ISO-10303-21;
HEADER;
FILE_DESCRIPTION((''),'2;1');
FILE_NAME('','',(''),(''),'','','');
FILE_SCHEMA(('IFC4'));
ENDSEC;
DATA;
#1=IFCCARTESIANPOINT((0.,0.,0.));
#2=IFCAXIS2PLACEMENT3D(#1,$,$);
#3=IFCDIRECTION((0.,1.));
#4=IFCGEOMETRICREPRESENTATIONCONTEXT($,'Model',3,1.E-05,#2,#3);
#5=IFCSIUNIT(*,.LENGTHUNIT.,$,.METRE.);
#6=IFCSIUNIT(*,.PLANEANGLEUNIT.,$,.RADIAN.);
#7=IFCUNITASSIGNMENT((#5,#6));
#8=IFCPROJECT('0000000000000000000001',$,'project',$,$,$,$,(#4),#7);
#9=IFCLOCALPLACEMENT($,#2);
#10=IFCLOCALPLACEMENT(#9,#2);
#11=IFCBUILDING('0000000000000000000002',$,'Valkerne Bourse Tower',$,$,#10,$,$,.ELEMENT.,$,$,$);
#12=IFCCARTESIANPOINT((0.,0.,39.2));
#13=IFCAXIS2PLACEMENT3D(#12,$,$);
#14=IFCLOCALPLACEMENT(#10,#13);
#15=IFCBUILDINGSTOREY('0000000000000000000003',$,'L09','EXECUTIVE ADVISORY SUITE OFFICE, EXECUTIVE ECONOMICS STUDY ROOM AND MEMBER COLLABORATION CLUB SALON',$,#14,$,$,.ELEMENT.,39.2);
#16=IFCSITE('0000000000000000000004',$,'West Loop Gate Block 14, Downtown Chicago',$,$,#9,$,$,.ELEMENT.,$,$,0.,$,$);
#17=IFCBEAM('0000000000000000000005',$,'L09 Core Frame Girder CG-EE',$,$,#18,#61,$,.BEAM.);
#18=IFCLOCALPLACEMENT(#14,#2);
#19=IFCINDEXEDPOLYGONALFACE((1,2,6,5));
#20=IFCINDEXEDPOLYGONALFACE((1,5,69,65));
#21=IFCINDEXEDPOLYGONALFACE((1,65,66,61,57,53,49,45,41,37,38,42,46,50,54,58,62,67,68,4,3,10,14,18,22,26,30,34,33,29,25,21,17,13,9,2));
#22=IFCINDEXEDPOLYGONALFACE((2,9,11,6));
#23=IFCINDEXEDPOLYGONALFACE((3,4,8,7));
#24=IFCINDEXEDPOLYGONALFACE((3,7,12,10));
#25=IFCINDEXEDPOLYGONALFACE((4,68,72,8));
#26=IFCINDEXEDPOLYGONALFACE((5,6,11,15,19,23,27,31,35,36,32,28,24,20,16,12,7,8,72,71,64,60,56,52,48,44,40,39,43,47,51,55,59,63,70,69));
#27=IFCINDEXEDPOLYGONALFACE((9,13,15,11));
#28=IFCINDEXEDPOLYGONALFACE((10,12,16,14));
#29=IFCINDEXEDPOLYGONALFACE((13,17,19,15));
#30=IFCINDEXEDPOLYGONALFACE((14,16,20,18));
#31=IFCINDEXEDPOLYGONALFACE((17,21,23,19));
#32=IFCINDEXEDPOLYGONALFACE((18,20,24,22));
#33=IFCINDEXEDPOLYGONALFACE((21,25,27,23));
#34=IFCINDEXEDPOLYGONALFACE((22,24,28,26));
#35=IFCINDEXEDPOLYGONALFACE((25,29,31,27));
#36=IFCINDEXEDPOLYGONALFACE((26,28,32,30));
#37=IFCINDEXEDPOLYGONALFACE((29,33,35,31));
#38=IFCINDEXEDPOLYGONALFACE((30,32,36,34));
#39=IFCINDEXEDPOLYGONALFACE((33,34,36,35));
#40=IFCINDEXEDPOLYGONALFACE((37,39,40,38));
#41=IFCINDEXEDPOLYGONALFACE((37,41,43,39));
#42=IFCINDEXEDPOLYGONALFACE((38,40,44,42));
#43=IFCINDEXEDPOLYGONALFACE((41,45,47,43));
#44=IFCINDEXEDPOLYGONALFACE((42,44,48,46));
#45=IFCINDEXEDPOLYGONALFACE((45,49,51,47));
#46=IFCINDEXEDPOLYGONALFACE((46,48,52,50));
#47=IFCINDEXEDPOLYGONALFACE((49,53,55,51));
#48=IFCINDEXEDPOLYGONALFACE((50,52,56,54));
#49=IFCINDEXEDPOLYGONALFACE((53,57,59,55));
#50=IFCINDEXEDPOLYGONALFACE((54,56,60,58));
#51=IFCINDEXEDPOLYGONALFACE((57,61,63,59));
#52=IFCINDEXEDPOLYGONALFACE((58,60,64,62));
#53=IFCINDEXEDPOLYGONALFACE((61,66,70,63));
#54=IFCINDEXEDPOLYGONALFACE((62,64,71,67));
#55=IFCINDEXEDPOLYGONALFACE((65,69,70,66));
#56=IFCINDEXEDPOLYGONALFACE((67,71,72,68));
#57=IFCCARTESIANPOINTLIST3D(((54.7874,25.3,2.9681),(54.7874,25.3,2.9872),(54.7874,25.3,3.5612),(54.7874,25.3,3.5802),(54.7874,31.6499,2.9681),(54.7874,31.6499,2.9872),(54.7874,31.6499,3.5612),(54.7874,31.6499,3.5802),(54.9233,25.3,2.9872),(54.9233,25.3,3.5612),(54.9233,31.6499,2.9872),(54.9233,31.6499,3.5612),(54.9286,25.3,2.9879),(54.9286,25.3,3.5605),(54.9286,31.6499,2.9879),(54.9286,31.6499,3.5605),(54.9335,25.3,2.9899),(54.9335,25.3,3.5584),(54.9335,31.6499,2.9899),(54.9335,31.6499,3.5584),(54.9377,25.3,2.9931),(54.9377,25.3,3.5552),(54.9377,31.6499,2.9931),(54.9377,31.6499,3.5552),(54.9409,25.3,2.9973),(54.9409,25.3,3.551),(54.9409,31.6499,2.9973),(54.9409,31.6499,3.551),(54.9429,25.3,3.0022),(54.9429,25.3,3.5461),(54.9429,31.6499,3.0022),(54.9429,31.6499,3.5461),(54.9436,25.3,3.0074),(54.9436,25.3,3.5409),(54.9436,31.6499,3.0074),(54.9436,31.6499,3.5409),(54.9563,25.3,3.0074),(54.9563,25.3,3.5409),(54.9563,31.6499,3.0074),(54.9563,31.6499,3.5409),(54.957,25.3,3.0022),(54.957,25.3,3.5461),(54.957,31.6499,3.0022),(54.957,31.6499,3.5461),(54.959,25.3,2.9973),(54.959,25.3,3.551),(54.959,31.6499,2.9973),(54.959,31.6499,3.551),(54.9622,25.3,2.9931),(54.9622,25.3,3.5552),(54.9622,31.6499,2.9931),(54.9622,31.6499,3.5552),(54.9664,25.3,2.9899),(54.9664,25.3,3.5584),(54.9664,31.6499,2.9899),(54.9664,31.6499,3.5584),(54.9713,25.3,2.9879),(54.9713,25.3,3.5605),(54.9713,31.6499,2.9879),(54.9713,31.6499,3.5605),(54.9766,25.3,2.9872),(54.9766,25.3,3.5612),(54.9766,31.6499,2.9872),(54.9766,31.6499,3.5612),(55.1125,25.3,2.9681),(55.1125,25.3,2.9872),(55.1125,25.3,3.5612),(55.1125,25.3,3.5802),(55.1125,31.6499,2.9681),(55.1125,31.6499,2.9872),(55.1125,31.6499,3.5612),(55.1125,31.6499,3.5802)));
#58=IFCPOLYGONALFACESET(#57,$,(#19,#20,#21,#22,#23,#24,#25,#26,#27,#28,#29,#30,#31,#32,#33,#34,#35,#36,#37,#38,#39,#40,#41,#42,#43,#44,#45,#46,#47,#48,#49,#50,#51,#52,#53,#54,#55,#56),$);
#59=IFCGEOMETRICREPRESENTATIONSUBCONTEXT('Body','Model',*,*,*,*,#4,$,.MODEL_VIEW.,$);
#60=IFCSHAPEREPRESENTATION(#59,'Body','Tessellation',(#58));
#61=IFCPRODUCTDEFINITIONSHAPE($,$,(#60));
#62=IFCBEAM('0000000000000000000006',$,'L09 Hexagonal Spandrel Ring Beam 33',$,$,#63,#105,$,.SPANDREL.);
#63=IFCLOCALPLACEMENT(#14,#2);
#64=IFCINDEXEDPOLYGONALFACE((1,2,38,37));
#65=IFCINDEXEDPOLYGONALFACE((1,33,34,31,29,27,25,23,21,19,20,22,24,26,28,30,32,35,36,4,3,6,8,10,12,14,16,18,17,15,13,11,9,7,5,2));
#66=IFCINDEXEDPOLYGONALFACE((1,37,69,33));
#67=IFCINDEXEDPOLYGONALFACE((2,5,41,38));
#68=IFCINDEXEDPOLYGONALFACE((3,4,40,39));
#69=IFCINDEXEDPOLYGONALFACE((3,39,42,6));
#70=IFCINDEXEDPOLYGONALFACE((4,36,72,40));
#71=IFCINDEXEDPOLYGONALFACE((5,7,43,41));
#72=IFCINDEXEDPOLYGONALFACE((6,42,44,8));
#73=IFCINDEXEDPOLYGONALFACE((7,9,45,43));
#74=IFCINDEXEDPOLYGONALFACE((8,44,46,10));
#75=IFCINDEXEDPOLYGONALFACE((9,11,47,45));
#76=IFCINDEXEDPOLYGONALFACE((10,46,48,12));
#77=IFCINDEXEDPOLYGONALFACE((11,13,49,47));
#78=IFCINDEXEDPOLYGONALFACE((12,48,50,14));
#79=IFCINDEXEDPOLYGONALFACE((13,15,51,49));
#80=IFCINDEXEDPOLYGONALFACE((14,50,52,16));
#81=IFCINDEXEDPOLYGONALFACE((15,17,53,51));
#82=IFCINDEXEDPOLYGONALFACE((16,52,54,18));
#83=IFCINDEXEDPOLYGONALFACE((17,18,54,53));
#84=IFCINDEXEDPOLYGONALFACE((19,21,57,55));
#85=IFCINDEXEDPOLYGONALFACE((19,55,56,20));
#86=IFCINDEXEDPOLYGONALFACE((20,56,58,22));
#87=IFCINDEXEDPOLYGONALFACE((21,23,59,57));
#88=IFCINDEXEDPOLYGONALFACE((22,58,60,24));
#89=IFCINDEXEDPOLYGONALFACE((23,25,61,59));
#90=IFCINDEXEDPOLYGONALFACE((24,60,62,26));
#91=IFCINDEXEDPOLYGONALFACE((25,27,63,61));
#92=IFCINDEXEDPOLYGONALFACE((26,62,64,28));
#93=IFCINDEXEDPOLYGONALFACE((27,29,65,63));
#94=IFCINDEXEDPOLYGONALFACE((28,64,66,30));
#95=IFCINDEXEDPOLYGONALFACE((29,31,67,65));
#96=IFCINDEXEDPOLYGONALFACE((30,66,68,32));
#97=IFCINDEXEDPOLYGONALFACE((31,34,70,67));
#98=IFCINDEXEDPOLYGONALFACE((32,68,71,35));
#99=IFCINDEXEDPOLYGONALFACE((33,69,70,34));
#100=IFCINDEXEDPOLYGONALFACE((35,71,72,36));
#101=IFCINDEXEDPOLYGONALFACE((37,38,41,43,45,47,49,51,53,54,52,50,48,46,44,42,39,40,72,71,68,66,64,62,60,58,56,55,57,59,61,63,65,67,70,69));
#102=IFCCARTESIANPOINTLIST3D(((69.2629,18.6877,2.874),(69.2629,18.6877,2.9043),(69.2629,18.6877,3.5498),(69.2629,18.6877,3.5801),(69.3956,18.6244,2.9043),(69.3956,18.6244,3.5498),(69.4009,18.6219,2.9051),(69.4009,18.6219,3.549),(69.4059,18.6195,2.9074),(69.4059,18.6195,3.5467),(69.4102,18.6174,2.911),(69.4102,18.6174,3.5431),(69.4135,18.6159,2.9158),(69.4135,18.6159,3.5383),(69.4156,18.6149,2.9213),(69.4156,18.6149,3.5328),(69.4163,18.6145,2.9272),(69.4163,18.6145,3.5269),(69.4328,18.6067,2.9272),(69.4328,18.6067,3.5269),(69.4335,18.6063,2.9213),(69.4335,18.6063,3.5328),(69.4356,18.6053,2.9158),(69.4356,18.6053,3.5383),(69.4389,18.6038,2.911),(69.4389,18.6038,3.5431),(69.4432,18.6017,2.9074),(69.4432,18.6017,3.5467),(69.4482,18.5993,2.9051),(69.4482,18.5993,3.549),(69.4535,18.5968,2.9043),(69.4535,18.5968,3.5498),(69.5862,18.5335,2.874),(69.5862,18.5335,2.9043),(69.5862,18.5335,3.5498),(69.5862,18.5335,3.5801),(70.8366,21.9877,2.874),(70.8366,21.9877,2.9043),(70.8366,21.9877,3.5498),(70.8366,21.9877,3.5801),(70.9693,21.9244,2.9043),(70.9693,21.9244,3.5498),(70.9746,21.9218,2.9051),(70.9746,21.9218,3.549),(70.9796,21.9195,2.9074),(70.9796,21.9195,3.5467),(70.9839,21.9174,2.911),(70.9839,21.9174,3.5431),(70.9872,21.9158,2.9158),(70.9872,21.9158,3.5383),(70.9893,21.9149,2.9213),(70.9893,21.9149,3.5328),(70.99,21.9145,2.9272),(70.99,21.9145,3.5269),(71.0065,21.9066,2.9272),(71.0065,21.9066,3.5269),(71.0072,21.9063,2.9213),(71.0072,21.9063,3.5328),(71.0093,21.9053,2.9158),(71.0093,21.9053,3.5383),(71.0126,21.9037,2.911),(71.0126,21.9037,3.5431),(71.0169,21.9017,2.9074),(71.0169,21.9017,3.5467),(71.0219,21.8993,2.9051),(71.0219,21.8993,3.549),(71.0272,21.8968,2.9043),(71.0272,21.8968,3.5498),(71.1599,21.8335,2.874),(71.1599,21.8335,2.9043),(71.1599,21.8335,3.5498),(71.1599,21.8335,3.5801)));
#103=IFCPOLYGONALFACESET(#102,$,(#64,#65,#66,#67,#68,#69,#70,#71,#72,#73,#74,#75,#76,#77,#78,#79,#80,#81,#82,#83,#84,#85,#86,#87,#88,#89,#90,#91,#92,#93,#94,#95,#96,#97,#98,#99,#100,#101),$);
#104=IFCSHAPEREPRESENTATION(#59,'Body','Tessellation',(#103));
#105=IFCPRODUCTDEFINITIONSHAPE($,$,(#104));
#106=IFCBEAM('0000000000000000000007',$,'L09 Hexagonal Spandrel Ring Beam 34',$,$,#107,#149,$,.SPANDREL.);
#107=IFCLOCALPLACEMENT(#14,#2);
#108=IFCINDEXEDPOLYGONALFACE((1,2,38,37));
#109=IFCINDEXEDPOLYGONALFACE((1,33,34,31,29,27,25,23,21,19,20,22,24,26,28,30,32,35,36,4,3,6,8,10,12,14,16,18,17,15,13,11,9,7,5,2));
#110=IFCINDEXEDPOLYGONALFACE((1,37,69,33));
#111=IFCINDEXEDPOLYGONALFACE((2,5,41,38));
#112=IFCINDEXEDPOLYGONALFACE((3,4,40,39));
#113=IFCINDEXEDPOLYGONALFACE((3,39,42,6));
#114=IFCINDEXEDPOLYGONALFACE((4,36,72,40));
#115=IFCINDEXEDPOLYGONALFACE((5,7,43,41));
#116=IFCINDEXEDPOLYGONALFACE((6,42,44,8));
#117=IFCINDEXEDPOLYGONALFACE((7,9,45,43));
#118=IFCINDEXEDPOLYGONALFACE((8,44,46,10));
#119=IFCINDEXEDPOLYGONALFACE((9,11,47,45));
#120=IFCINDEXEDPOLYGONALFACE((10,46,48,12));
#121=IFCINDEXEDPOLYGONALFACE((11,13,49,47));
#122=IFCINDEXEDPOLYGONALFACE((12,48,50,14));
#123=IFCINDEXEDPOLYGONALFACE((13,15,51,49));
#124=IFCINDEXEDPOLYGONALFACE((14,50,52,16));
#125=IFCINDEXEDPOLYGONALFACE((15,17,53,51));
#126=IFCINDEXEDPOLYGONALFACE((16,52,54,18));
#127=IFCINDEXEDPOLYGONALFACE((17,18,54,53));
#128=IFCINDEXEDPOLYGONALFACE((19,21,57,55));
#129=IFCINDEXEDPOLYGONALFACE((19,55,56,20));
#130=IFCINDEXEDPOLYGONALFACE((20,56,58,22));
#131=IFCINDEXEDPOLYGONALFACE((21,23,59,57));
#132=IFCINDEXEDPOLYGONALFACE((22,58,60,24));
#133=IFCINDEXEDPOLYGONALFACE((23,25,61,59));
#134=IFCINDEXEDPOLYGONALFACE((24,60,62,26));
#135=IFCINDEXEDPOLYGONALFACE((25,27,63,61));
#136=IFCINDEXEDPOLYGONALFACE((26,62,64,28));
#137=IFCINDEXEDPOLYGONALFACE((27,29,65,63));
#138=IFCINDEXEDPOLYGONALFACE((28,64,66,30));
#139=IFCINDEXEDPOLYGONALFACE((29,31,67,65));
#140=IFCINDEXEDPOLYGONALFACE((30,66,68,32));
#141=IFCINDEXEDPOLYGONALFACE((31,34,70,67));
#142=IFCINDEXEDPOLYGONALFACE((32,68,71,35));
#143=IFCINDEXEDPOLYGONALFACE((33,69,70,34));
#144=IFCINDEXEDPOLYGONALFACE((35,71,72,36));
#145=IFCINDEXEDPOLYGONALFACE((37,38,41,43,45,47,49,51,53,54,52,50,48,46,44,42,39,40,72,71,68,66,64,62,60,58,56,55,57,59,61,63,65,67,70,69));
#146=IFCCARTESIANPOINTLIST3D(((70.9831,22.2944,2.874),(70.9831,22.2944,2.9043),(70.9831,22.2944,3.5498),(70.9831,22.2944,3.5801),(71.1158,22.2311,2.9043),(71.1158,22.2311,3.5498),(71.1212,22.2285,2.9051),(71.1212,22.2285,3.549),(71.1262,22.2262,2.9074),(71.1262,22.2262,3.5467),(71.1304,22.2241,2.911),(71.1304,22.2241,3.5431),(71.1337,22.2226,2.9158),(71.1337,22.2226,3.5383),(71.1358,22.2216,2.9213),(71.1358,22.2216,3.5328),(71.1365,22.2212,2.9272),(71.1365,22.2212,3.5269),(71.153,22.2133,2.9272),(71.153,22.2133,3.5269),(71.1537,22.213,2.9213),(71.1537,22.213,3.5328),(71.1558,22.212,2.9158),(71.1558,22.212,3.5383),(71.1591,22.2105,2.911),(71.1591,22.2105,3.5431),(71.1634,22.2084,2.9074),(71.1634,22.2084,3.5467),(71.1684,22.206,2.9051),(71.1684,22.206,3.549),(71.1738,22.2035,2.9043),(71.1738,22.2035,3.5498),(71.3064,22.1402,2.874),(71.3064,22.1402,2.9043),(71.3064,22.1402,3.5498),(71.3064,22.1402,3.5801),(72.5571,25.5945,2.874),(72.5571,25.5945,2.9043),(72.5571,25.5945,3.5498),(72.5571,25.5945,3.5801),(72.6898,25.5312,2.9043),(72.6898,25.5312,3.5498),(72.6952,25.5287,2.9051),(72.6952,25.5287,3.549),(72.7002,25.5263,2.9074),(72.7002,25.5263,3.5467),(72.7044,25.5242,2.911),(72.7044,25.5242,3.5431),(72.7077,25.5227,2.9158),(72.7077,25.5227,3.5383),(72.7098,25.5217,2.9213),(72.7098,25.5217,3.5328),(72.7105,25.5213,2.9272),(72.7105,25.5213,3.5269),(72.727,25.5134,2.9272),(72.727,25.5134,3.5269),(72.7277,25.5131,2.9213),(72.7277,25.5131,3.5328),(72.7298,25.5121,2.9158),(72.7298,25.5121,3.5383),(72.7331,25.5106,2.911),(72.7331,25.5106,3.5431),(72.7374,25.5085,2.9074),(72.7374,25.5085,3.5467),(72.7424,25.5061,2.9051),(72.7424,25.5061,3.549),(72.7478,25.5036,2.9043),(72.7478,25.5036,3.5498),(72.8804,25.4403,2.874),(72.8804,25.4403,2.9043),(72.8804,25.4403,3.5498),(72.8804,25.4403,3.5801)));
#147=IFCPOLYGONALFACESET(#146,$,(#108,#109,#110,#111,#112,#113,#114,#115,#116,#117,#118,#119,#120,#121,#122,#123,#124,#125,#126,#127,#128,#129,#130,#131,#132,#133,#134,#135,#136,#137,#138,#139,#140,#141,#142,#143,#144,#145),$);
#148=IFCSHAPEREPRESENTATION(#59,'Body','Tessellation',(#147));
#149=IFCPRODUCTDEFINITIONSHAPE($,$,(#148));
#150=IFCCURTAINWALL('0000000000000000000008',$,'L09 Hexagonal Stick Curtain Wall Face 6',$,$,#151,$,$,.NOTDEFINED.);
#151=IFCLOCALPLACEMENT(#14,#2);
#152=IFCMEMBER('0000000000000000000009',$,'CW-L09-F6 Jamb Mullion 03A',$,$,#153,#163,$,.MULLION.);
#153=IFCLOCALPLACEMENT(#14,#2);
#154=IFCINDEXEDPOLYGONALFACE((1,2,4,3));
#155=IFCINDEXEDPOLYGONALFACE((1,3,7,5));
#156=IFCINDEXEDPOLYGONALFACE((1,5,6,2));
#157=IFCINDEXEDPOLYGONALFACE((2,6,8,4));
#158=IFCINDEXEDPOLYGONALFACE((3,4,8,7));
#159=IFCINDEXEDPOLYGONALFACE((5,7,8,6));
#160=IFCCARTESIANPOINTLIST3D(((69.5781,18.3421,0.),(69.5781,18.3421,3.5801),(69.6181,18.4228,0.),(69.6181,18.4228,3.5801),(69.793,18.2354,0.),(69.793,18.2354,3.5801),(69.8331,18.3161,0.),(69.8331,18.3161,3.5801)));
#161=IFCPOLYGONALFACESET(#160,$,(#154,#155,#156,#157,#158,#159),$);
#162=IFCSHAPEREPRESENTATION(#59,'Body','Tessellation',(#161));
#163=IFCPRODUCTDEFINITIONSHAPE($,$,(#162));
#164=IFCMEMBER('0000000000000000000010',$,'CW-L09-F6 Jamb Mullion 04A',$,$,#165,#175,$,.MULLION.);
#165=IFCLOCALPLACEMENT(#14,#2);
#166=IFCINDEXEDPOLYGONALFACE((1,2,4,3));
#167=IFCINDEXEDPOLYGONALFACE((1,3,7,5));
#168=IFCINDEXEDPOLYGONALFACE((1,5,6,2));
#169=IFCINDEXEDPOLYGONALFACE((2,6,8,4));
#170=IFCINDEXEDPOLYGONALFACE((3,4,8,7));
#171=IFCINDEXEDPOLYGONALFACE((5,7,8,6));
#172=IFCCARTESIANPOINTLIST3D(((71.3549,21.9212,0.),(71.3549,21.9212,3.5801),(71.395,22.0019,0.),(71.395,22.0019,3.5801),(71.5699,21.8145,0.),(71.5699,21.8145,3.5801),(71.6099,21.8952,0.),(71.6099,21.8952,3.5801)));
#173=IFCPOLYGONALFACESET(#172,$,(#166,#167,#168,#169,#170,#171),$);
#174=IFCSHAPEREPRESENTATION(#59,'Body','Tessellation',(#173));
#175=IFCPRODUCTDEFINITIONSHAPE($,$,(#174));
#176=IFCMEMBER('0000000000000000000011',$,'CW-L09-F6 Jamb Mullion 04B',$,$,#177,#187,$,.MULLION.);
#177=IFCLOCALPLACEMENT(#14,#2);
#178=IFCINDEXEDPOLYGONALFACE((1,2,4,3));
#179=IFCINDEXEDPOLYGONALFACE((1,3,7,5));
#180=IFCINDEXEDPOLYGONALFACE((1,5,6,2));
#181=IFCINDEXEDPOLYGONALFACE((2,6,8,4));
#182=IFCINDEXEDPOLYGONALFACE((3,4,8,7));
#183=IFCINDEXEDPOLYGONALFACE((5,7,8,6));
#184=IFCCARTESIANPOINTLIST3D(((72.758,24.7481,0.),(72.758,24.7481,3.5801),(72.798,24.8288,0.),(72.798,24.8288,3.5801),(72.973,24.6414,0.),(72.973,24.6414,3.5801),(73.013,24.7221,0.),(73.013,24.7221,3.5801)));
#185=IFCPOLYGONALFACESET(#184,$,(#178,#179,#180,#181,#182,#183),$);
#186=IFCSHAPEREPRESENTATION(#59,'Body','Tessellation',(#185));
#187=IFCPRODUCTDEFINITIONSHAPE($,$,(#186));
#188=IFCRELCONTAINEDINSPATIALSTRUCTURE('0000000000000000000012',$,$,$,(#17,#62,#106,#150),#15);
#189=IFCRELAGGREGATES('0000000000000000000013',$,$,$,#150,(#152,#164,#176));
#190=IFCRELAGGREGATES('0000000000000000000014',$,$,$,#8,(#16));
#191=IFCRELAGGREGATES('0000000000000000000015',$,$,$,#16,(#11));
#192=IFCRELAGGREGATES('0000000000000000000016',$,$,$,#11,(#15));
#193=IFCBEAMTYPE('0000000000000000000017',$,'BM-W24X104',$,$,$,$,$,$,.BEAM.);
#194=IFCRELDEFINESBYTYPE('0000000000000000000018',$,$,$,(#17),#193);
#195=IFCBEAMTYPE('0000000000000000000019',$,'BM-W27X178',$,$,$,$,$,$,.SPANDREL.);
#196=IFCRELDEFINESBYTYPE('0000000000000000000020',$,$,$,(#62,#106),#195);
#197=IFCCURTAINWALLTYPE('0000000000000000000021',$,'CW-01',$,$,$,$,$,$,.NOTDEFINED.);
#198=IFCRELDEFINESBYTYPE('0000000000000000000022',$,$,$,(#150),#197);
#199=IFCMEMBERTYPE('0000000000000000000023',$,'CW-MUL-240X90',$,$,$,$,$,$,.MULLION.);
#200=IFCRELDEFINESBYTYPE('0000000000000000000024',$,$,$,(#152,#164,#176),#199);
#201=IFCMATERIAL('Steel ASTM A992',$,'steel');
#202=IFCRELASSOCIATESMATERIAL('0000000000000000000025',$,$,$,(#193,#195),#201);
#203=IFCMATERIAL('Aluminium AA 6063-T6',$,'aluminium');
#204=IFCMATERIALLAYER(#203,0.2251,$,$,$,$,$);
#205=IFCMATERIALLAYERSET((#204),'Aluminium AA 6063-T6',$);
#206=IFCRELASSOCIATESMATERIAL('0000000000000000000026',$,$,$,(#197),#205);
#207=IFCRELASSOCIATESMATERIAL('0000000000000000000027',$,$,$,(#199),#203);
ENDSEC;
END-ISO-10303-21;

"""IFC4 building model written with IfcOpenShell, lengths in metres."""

from ifc_helpers import new_model, si_unit, direction, frame, origin, origin_2d, place, context, subcontext, project, spatial, rectangle, i_section, extrude, material, layer, layer_set, material_profile, profile_set, type_object, element, aggregate, save


model = new_model("IFC4")

# Units and contexts
model_context = context("Model", 3, precision=1e-05, world=origin(), true_north=direction((0.0, 1.0)))
body_context = subcontext(model_context, "Body", "Model", "MODEL_VIEW")
ifc_project = project(units=[si_unit("LENGTHUNIT", "METRE"), si_unit("PLANEANGLEUNIT", "RADIAN")], contexts=[model_context])

# Site, building, storey
site_placement = place(None, origin())
site = spatial("IfcSite", under=ifc_project, at=site_placement, Name="West Loop Gate Block 14, Downtown Chicago", CompositionType="ELEMENT", RefElevation=0.0)
building_placement = place(site_placement, origin())
building = spatial("IfcBuilding", under=site, at=building_placement, Name="Valkerne Bourse Tower", CompositionType="ELEMENT")
storey_placement = place(building_placement, frame((0.0, 0.0, 39.2)))
storey = spatial("IfcBuildingStorey", under=building, at=storey_placement, Name="L09", Description="EXECUTIVE ADVISORY SUITE OFFICE, EXECUTIVE ECONOMICS STUDY ROOM AND MEMBER COLLABORATION CLUB SALON", CompositionType="ELEMENT", Elevation=39.2)

# Beams
ifc_material_1 = material(Name="Steel ASTM A992", Category="steel")
ifc_material_profile_1 = material_profile(ifc_material_1, i_section(OverallWidth=0.3252, OverallDepth=0.6121, WebThickness=0.0127, FlangeThickness=0.019, FilletRadius=0.0203, at=origin_2d()), Name="W24X104")
ifc_profile_set_1 = profile_set([ifc_material_profile_1], Name="Steel ASTM A992")
beam_type_1 = type_object("IfcBeamType", Name="BM-W24X104", PredefinedType="BEAM", material=ifc_profile_set_1)
beam_1_placement = place(storey_placement, frame((54.95, 25.3, 3.2742), z_axis=(0.0, 1.0, 0.0), x_axis=(-1.0, 0.0, 0.0)))
element("IfcBeam", 1, at=beam_1_placement, inside=storey, type_object=beam_type_1, Name="L09 Core Frame Girder CG-EE", PredefinedType="BEAM", context=body_context, shape_type="SweptSolid", body=[
    extrude(i_section(OverallWidth=0.3252, OverallDepth=0.6121, WebThickness=0.0127, FlangeThickness=0.019, FilletRadius=0.0203, at=origin_2d()), origin(), (0.0, 0.0, 1.0), 6.3499),
])
ifc_material_profile_2 = material_profile(ifc_material_1, i_section(OverallWidth=0.3582, OverallDepth=0.7061, WebThickness=0.0183, FlangeThickness=0.0303, FilletRadius=0.0229, at=origin_2d()), Name="W27X178")
ifc_profile_set_2 = profile_set([ifc_material_profile_2], Name="Steel ASTM A992")
beam_type_2 = type_object("IfcBeamType", Name="BM-W27X178", PredefinedType="SPANDREL", material=ifc_profile_set_2)
beam_2_placement = place(storey_placement, frame((69.4246, 18.6106, 3.2271), z_axis=(0.430442, 0.902618, 0.0), x_axis=(-0.902618, 0.430442, 0.0)))
element("IfcBeam", 2, at=beam_2_placement, inside=storey, type_object=beam_type_2, Name="L09 Hexagonal Spandrel Ring Beam 33", PredefinedType="SPANDREL", context=body_context, shape_type="SweptSolid", body=[
    extrude(i_section(OverallWidth=0.3582, OverallDepth=0.7061, WebThickness=0.0183, FlangeThickness=0.0303, FilletRadius=0.0229, at=origin_2d()), origin(), (0.0, 0.0, 1.0), 3.656),
])
beam_3_placement = place(storey_placement, frame((71.1448, 22.2173, 3.2271), z_axis=(0.430496, 0.902593, 0.0), x_axis=(-0.902593, 0.430496, 0.0)))
element("IfcBeam", 3, at=beam_3_placement, inside=storey, type_object=beam_type_2, Name="L09 Hexagonal Spandrel Ring Beam 34", PredefinedType="SPANDREL", context=body_context, shape_type="SweptSolid", body=[
    extrude(i_section(OverallWidth=0.3582, OverallDepth=0.7061, WebThickness=0.0183, FlangeThickness=0.0303, FilletRadius=0.0229, at=origin_2d()), origin(), (0.0, 0.0, 1.0), 3.6562),
])

# Curtain wall, members
ifc_material_2 = material(Name="Aluminium AA 6063-T6", Category="aluminium")
ifc_layer_1 = layer(ifc_material_2, 0.2251)
ifc_layer_set_1 = layer_set([ifc_layer_1], Name="Aluminium AA 6063-T6")
curtain_wall_type = type_object("IfcCurtainWallType", Name="CW-01", PredefinedType="NOTDEFINED", material=ifc_layer_set_1)
curtain_wall_placement = place(storey_placement, origin())
curtain_wall = element("IfcCurtainWall", 4, at=curtain_wall_placement, inside=storey, type_object=curtain_wall_type, Name="L09 Hexagonal Stick Curtain Wall Face 6", PredefinedType="NOTDEFINED")
ifc_material_profile_3 = material_profile(ifc_material_2, rectangle(XDim=0.0901, YDim=0.24, at=origin_2d()), Name="CWM-90X240")
ifc_profile_set_3 = profile_set([ifc_material_profile_3], Name="Aluminium AA 6063-T6")
member_type_1 = type_object("IfcMemberType", Name="CW-MUL-240X90", PredefinedType="MULLION", material=ifc_profile_set_3)
member_1_placement = place(storey_placement, frame((69.7056, 18.3291, 0.0), z_axis=(0.0, 0.0, 1.0), x_axis=(0.444649, 0.895705, 0.0)))
member_1 = element("IfcMember", 5, at=member_1_placement, type_object=member_type_1, Name="CW-L09-F6 Jamb Mullion 03A", PredefinedType="MULLION", context=body_context, shape_type="SweptSolid", body=[
    extrude(rectangle(XDim=0.0901, YDim=0.24, at=origin_2d()), origin(), (0.0, 0.0, 1.0), 3.5801),
])
member_2_placement = place(storey_placement, frame((71.4824, 21.9082, 0.0), z_axis=(0.0, 0.0, 1.0), x_axis=(0.444619, 0.89572, 0.0)))
member_2 = element("IfcMember", 6, at=member_2_placement, type_object=member_type_1, Name="CW-L09-F6 Jamb Mullion 04A", PredefinedType="MULLION", context=body_context, shape_type="SweptSolid", body=[
    extrude(rectangle(XDim=0.0901, YDim=0.24, at=origin_2d()), origin(), (0.0, 0.0, 1.0), 3.5801),
])
member_3_placement = place(storey_placement, frame((72.8855, 24.7351, 0.0), z_axis=(0.0, 0.0, 1.0), x_axis=(0.444619, 0.89572, 0.0)))
member_3 = element("IfcMember", 7, at=member_3_placement, type_object=member_type_1, Name="CW-L09-F6 Jamb Mullion 04B", PredefinedType="MULLION", context=body_context, shape_type="SweptSolid", body=[
    extrude(rectangle(XDim=0.0901, YDim=0.24, at=origin_2d()), origin(), (0.0, 0.0, 1.0), 3.5801),
])

aggregate(curtain_wall, [member_1, member_2, member_3])

save(model, "model.ifc")
